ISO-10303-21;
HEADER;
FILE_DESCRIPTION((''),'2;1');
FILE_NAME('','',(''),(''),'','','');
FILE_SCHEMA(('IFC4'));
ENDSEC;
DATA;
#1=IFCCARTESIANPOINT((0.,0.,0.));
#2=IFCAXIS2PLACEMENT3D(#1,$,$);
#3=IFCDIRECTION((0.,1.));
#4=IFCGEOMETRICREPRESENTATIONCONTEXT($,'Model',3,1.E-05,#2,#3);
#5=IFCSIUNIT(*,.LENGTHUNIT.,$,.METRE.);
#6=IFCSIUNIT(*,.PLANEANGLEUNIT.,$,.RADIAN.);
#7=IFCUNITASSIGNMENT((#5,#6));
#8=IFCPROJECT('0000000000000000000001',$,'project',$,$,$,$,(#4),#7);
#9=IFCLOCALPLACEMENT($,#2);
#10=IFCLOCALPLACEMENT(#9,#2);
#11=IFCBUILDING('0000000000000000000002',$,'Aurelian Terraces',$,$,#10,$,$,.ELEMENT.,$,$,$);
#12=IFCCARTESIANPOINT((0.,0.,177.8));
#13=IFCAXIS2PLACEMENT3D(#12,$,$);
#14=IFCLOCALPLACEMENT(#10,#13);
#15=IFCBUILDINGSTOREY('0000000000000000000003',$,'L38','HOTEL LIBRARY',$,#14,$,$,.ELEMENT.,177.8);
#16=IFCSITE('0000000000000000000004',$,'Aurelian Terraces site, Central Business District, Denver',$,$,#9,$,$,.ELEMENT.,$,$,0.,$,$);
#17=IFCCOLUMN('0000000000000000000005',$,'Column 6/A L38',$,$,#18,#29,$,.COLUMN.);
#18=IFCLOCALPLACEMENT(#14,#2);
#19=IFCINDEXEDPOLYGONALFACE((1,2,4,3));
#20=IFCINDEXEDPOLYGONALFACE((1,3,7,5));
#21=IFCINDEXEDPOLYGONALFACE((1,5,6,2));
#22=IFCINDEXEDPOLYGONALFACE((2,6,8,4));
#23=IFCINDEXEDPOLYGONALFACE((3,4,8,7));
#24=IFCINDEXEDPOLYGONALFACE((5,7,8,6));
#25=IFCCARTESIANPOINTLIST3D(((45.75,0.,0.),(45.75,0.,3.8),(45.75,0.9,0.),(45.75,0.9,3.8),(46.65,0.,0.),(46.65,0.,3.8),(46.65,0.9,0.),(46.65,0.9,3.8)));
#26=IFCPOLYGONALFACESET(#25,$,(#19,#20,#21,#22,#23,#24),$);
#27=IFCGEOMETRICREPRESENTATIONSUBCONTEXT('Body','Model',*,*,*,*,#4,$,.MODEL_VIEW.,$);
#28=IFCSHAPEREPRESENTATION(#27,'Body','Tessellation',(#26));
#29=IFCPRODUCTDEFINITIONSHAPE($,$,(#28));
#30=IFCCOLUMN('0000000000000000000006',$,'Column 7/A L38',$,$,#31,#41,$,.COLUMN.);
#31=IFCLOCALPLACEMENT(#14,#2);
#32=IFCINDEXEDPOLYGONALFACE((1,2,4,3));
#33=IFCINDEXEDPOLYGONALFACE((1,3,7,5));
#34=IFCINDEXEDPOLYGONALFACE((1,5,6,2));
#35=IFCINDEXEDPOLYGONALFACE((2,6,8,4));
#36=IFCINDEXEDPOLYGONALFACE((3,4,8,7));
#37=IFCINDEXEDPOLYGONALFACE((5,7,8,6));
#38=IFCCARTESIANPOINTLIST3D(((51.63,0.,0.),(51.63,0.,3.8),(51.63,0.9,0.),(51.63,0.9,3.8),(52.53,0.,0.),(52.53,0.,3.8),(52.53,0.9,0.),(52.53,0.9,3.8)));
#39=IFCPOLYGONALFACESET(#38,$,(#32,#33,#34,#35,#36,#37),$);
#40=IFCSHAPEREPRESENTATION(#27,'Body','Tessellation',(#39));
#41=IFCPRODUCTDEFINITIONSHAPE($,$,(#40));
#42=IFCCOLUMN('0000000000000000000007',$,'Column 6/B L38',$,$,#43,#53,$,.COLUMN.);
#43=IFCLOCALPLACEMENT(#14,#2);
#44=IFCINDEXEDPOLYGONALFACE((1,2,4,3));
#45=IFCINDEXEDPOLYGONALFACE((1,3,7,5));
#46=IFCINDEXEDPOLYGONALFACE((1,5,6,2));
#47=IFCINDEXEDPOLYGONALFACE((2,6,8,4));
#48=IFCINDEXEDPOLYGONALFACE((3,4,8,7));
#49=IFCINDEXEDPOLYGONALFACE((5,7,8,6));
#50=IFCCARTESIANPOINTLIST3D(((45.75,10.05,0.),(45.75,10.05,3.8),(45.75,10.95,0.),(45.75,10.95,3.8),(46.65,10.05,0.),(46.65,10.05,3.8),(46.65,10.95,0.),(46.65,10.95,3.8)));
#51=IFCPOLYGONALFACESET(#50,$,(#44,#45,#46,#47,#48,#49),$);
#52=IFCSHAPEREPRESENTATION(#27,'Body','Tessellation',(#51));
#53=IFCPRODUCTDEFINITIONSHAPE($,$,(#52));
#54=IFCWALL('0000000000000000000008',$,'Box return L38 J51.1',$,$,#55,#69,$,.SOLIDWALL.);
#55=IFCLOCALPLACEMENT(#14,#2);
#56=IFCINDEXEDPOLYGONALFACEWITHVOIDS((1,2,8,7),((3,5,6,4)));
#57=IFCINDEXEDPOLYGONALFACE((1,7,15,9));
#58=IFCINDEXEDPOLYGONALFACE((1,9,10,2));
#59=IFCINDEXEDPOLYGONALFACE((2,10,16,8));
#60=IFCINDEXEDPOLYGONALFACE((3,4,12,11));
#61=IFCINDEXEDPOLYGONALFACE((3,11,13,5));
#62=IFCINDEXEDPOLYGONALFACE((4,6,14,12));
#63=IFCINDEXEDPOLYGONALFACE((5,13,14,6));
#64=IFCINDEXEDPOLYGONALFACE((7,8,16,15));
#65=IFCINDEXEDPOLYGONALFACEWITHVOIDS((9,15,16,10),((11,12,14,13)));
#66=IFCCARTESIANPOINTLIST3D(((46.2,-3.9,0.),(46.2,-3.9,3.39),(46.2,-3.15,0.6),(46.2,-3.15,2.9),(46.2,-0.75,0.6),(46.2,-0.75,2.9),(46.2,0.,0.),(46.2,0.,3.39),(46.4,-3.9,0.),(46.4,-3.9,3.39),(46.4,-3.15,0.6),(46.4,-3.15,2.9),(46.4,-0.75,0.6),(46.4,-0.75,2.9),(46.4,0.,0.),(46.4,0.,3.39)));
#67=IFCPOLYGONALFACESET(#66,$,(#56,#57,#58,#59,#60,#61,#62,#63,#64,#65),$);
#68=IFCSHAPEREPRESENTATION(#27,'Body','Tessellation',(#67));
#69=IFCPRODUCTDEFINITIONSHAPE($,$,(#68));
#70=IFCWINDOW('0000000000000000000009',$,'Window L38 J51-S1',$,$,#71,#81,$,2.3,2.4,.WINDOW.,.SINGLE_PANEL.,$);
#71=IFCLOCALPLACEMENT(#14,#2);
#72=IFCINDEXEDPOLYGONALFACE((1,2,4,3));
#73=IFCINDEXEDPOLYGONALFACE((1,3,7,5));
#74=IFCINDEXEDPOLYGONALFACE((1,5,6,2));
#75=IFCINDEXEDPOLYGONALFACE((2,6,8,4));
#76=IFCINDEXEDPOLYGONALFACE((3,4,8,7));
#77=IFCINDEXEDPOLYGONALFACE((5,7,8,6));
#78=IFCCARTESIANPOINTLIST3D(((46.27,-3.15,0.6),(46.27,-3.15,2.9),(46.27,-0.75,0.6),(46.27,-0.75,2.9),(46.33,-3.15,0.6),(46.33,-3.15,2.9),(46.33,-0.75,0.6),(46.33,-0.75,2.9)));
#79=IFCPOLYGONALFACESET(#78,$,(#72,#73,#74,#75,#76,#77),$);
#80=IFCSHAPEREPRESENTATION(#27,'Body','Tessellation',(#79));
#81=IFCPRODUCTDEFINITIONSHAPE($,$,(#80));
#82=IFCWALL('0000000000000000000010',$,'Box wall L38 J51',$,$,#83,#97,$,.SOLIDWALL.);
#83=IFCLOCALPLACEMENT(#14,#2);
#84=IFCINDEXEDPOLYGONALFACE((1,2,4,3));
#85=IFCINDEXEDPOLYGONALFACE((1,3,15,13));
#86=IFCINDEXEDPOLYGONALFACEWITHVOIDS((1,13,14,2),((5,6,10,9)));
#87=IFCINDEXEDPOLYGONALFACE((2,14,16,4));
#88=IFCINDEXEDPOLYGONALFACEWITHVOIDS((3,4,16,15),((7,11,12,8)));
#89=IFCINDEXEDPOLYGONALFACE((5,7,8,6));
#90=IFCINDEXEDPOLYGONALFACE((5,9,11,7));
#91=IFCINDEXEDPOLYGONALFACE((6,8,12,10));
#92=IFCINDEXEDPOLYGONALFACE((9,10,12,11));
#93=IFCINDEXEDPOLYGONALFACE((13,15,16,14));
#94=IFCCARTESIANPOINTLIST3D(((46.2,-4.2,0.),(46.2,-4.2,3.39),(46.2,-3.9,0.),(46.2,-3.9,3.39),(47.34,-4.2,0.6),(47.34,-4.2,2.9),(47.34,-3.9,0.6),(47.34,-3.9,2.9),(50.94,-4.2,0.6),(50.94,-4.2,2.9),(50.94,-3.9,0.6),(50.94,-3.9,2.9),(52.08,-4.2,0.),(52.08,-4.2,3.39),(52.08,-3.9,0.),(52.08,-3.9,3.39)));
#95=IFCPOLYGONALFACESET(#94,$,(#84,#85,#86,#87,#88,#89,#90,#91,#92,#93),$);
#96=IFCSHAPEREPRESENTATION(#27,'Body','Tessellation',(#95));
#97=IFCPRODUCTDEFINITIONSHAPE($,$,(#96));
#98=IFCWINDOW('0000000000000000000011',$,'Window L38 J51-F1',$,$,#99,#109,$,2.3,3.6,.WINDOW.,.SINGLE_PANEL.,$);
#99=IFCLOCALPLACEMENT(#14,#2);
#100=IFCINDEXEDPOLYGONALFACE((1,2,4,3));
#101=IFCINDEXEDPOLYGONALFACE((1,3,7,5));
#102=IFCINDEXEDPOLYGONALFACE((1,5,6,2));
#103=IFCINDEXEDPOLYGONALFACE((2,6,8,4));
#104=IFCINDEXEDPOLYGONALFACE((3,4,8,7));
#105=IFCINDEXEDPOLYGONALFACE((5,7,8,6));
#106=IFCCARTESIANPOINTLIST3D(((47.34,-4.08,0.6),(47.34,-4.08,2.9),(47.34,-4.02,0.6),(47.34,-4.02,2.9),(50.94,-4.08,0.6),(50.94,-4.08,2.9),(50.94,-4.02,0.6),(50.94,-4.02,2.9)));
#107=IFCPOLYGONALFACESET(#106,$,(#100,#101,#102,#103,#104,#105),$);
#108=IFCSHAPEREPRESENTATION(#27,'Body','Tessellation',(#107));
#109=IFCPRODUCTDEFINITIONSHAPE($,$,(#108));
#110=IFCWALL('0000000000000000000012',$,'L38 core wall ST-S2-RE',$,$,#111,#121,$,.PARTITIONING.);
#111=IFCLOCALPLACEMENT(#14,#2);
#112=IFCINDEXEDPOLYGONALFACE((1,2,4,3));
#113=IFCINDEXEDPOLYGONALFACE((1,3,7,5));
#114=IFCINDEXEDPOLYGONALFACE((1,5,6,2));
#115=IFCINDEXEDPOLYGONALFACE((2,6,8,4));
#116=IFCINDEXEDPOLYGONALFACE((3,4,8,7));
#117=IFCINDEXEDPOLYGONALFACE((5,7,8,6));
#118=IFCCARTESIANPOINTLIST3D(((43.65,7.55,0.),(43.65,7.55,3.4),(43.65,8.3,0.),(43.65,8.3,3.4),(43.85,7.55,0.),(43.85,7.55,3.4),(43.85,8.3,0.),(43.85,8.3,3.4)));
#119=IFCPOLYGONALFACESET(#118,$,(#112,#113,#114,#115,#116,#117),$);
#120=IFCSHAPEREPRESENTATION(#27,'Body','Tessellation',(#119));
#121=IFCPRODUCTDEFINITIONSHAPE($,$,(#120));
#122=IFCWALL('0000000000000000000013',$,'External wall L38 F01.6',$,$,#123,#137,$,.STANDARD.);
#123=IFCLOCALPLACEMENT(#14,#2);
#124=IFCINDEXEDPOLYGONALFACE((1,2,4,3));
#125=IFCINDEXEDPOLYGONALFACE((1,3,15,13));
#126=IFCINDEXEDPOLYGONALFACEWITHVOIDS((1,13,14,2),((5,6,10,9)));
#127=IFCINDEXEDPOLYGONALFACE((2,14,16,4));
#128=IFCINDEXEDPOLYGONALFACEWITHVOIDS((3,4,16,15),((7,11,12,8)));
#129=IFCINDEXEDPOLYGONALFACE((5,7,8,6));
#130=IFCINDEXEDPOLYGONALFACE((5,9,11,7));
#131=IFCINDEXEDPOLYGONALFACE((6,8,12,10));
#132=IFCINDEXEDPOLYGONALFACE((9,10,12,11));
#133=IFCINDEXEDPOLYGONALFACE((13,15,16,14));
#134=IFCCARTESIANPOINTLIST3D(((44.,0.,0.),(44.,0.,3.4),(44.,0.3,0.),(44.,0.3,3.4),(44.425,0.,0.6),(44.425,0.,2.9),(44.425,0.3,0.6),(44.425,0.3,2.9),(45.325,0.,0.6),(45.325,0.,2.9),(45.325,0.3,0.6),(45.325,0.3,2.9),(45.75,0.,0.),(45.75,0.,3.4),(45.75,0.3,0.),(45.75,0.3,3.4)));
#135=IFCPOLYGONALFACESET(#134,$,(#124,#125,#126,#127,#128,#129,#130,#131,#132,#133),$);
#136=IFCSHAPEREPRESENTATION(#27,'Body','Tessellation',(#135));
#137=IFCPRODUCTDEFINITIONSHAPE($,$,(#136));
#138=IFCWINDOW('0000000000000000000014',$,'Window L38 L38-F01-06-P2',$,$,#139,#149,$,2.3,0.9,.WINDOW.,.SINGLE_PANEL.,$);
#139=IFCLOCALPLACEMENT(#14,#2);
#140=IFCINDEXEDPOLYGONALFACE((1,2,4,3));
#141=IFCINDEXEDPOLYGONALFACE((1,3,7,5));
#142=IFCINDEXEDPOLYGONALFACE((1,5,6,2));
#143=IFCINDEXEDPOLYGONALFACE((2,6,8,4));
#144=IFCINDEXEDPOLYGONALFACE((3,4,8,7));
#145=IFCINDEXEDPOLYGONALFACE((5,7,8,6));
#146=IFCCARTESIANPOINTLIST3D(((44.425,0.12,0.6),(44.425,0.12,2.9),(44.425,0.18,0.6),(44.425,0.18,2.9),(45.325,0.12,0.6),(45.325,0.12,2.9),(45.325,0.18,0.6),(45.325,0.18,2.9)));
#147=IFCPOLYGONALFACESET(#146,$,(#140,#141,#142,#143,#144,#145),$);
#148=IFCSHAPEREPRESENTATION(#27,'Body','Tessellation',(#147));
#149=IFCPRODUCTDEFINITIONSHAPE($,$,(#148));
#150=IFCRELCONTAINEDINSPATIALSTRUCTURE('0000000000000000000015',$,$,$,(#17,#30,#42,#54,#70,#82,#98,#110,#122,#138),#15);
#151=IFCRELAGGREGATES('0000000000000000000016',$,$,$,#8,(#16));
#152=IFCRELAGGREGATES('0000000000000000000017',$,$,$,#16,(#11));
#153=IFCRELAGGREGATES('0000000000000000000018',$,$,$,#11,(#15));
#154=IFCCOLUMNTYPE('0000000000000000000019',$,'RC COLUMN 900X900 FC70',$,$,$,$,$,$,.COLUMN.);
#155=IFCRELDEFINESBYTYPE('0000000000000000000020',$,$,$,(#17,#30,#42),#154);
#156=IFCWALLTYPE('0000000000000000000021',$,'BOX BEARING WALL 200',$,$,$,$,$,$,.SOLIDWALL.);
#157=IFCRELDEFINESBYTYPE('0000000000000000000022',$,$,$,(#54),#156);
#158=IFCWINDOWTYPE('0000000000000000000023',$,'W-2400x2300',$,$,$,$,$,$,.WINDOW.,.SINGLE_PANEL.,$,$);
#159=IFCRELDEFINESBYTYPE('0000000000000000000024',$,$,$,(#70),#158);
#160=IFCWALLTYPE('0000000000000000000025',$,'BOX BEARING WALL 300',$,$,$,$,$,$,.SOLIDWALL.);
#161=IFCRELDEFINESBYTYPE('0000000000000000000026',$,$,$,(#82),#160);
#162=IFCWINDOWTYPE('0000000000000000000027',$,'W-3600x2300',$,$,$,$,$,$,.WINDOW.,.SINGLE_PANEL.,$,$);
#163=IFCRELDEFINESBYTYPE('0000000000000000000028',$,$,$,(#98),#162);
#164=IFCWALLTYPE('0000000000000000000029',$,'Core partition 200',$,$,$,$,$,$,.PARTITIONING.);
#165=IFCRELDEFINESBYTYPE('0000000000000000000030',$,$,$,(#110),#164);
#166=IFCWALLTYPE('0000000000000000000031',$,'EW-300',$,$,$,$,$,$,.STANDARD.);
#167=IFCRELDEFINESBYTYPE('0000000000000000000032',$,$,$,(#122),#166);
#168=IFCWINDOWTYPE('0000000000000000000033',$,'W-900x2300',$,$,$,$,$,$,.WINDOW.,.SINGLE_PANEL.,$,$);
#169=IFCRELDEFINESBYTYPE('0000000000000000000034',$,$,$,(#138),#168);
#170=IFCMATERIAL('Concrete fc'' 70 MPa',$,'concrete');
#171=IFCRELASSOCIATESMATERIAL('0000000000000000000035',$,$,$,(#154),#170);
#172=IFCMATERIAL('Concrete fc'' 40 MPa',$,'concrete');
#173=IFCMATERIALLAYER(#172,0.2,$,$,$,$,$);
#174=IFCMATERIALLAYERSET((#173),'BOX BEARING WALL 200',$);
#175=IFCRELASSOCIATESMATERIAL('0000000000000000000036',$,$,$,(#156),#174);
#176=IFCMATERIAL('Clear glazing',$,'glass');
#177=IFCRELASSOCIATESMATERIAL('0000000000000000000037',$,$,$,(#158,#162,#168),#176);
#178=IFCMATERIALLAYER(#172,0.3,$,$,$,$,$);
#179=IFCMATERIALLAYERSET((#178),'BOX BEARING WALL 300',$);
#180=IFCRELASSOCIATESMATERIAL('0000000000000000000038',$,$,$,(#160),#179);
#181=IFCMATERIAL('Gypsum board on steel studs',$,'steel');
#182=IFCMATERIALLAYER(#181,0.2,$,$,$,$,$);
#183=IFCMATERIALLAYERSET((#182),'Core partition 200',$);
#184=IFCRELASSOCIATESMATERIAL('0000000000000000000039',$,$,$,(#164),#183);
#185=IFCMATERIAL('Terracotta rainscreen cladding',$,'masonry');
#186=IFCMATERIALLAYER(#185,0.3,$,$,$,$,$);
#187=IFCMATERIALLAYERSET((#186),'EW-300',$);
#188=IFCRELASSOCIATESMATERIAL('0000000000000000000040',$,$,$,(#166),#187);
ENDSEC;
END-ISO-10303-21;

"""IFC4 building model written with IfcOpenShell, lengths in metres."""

from ifc_helpers import new_model, si_unit, direction, frame, frame_2d, origin, origin_2d, place, context, subcontext, project, spatial, rectangle, extrude, source, transform, mapped, material, layer, layer_set, material_profile, profile_set, type_object, element, fill, save


model = new_model("IFC4")

# Units and contexts
model_context = context("Model", 3, precision=1e-05, world=origin(), true_north=direction((0.0, 1.0)))
body_context = subcontext(model_context, "Body", "Model", "MODEL_VIEW")
ifc_project = project(units=[si_unit("LENGTHUNIT", "METRE"), si_unit("PLANEANGLEUNIT", "RADIAN")], contexts=[model_context])

# Site, building, storey
site_placement = place(None, origin())
site = spatial("IfcSite", under=ifc_project, at=site_placement, Name="Aurelian Terraces site, Central Business District, Denver", CompositionType="ELEMENT", RefElevation=0.0)
building_placement = place(site_placement, origin())
building = spatial("IfcBuilding", under=site, at=building_placement, Name="Aurelian Terraces", CompositionType="ELEMENT")
storey_placement = place(building_placement, frame((0.0, 0.0, 177.8)))
storey = spatial("IfcBuildingStorey", under=building, at=storey_placement, Name="L38", Description="HOTEL LIBRARY", CompositionType="ELEMENT", Elevation=177.8)

# Columns
ifc_material_1 = material(Name="Concrete fc' 70 MPa", Category="concrete")
ifc_material_profile = material_profile(ifc_material_1, rectangle(XDim=0.9, YDim=0.9, at=origin_2d()))
ifc_profile_set = profile_set([ifc_material_profile], Name="Concrete fc' 70 MPa")
column_type = type_object("IfcColumnType", Name="RC COLUMN 900X900 FC70", PredefinedType="COLUMN", material=ifc_profile_set)
shared_shape_1 = source(origin(), body_context, "Body", "SweptSolid", [
    extrude(rectangle(XDim=0.9, YDim=0.9, at=origin_2d()), origin(), (0.0, 0.0, 1.0), 3.8),
])
for number, where, z_axis, x_axis, name in (
    (1, (46.2, 0.45, 0.0), (0.0, 0.0, 1.0), (1.0, 0.0, 0.0), "Column 6/A L38"),
    (2, (52.08, 0.45, 0.0), (0.0, 0.0, 1.0), (1.0, 0.0, 0.0), "Column 7/A L38"),
    (3, (46.2, 10.5, 0.0), (0.0, 0.0, 1.0), (1.0, 0.0, 0.0), "Column 6/B L38"),
):
    element("IfcColumn", number, at=place(storey_placement, frame(where, z_axis=z_axis, x_axis=x_axis)), inside=storey, type_object=column_type, Name=name, PredefinedType="COLUMN", context=body_context, shape_type="MappedRepresentation", body=[
        mapped(shared_shape_1, transform((0.0, 0.0, 0.0), scale=1.0)),
    ])

# Walls, openings, windows
ifc_material_2 = material(Name="Concrete fc' 40 MPa", Category="concrete")
ifc_layer_1 = layer(ifc_material_2, 0.2)
ifc_layer_set_1 = layer_set([ifc_layer_1], Name="BOX BEARING WALL 200")
wall_type_1 = type_object("IfcWallType", Name="BOX BEARING WALL 200", PredefinedType="SOLIDWALL", material=ifc_layer_set_1)
wall_1_placement = place(storey_placement, frame((46.3, 0.0, 0.0), z_axis=(0.0, 0.0, 1.0), x_axis=(0.0, -1.0, 0.0)))
wall_1 = element("IfcWall", 4, at=wall_1_placement, inside=storey, type_object=wall_type_1, Name="Box return L38 J51.1", PredefinedType="SOLIDWALL", context=body_context, shape_type="SweptSolid", body=[
    extrude(rectangle(XDim=3.9, YDim=0.2, at=frame_2d((1.95, 0.0))), origin(), (0.0, 0.0, 1.0), 3.39),
])
opening_1_placement = place(wall_1_placement, frame((0.75, 0.0, 0.6)))
opening_1 = element("IfcOpeningElement", 5, at=opening_1_placement, cuts=wall_1, PredefinedType="OPENING", context=body_context, shape_type="SweptSolid", body=[
    extrude(rectangle(XDim=2.4, YDim=2.3, at=frame_2d((1.2, 1.15))), frame((0.0, 0.11, 0.0), z_axis=(0.0, -1.0, 0.0), x_axis=(1.0, 0.0, 0.0)), (0.0, 0.0, 1.0), 0.22),
])
ifc_material_3 = material(Name="Clear glazing", Category="glass")
window_type_1 = type_object("IfcWindowType", Name="W-2400x2300", PartitioningType="SINGLE_PANEL", PredefinedType="WINDOW", material=ifc_material_3)
shared_shape_2 = source(origin(), body_context, "Body", "SweptSolid", [
    extrude(rectangle(XDim=2.4, YDim=2.3, at=frame_2d((1.2, 1.15))), frame((0.0, 0.03, 0.0), z_axis=(0.0, -1.0, 0.0), x_axis=(1.0, 0.0, 0.0)), (0.0, 0.0, 1.0), 0.06),
])
window_1_placement = place(opening_1_placement, origin())
window_1 = element("IfcWindow", 6, at=window_1_placement, inside=storey, type_object=window_type_1, Name="Window L38 J51-S1", OverallHeight=2.3, OverallWidth=2.4, PartitioningType="SINGLE_PANEL", PredefinedType="WINDOW", context=body_context, shape_type="MappedRepresentation", body=[
    mapped(shared_shape_2, transform((0.0, 0.0, 0.0), scale=1.0)),
])
fill(opening_1, window_1)
ifc_layer_2 = layer(ifc_material_2, 0.3)
ifc_layer_set_2 = layer_set([ifc_layer_2], Name="BOX BEARING WALL 300")
wall_type_2 = type_object("IfcWallType", Name="BOX BEARING WALL 300", PredefinedType="SOLIDWALL", material=ifc_layer_set_2)
wall_2_placement = place(storey_placement, frame((46.2, -4.05, 0.0), z_axis=(0.0, 0.0, 1.0), x_axis=(1.0, 0.0, 0.0)))
wall_2 = element("IfcWall", 7, at=wall_2_placement, inside=storey, type_object=wall_type_2, Name="Box wall L38 J51", PredefinedType="SOLIDWALL", context=body_context, shape_type="SweptSolid", body=[
    extrude(rectangle(XDim=5.88, YDim=0.3, at=frame_2d((2.94, 0.0))), origin(), (0.0, 0.0, 1.0), 3.39),
])
shared_shape_3 = source(origin(), body_context, "Body", "SweptSolid", [
    extrude(rectangle(XDim=3.6, YDim=2.3, at=frame_2d((1.8, 1.15))), frame((0.0, 0.16, 0.0), z_axis=(0.0, -1.0, 0.0), x_axis=(1.0, 0.0, 0.0)), (0.0, 0.0, 1.0), 0.32),
])
opening_2_placement = place(wall_2_placement, frame((1.14, 0.0, 0.6)))
opening_2 = element("IfcOpeningElement", 8, at=opening_2_placement, cuts=wall_2, PredefinedType="OPENING", context=body_context, shape_type="MappedRepresentation", body=[
    mapped(shared_shape_3, transform((0.0, 0.0, 0.0), scale=1.0)),
])
window_type_2 = type_object("IfcWindowType", Name="W-3600x2300", PartitioningType="SINGLE_PANEL", PredefinedType="WINDOW", material=ifc_material_3)
shared_shape_4 = source(origin(), body_context, "Body", "SweptSolid", [
    extrude(rectangle(XDim=3.6, YDim=2.3, at=frame_2d((1.8, 1.15))), frame((0.0, 0.03, 0.0), z_axis=(0.0, -1.0, 0.0), x_axis=(1.0, 0.0, 0.0)), (0.0, 0.0, 1.0), 0.06),
])
window_2_placement = place(opening_2_placement, origin())
window_2 = element("IfcWindow", 9, at=window_2_placement, inside=storey, type_object=window_type_2, Name="Window L38 J51-F1", OverallHeight=2.3, OverallWidth=3.6, PartitioningType="SINGLE_PANEL", PredefinedType="WINDOW", context=body_context, shape_type="MappedRepresentation", body=[
    mapped(shared_shape_4, transform((0.0, 0.0, 0.0), scale=1.0)),
])
fill(opening_2, window_2)

# Wall
ifc_material_4 = material(Name="Gypsum board on steel studs", Category="steel")
ifc_layer_3 = layer(ifc_material_4, 0.2)
ifc_layer_set_3 = layer_set([ifc_layer_3], Name="Core partition 200")
wall_type_3 = type_object("IfcWallType", Name="Core partition 200", PredefinedType="PARTITIONING", material=ifc_layer_set_3)
wall_3_placement = place(storey_placement, frame((43.75, 7.55, 0.0), z_axis=(0.0, 0.0, 1.0), x_axis=(0.0, 1.0, 0.0)))
element("IfcWall", 10, at=wall_3_placement, inside=storey, type_object=wall_type_3, Name="L38 core wall ST-S2-RE", PredefinedType="PARTITIONING", context=body_context, shape_type="SweptSolid", body=[
    extrude(rectangle(XDim=0.75, YDim=0.2, at=frame_2d((0.375, 0.0))), origin(), (0.0, 0.0, 1.0), 3.4),
])

# Wall, opening, window
ifc_material_5 = material(Name="Terracotta rainscreen cladding", Category="masonry")
ifc_layer_4 = layer(ifc_material_5, 0.3)
ifc_layer_set_4 = layer_set([ifc_layer_4], Name="EW-300")
wall_type_4 = type_object("IfcWallType", Name="EW-300", PredefinedType="STANDARD", material=ifc_layer_set_4)
wall_4_placement = place(storey_placement, frame((44.0, 0.15, 0.0), z_axis=(0.0, 0.0, 1.0), x_axis=(1.0, 0.0, 0.0)))
wall_4 = element("IfcWall", 11, at=wall_4_placement, inside=storey, type_object=wall_type_4, Name="External wall L38 F01.6", PredefinedType="STANDARD", context=body_context, shape_type="SweptSolid", body=[
    extrude(rectangle(XDim=1.75, YDim=0.3, at=frame_2d((0.875, 0.0))), origin(), (0.0, 0.0, 1.0), 3.4),
])
opening_3_placement = place(wall_4_placement, frame((0.425, 0.0, 0.6)))
opening_3 = element("IfcOpeningElement", 12, at=opening_3_placement, cuts=wall_4, PredefinedType="OPENING", context=body_context, shape_type="SweptSolid", body=[
    extrude(rectangle(XDim=0.9, YDim=2.3, at=frame_2d((0.45, 1.15))), frame((0.0, 0.16, 0.0), z_axis=(0.0, -1.0, 0.0), x_axis=(1.0, 0.0, 0.0)), (0.0, 0.0, 1.0), 0.32),
])
window_type_3 = type_object("IfcWindowType", Name="W-900x2300", PartitioningType="SINGLE_PANEL", PredefinedType="WINDOW", material=ifc_material_3)
window_3_placement = place(opening_3_placement, origin())
window_3 = element("IfcWindow", 13, at=window_3_placement, inside=storey, type_object=window_type_3, Name="Window L38 L38-F01-06-P2", OverallHeight=2.3, OverallWidth=0.9, PartitioningType="SINGLE_PANEL", PredefinedType="WINDOW", context=body_context, shape_type="SweptSolid", body=[
    extrude(rectangle(XDim=0.9, YDim=2.3, at=frame_2d((0.45, 1.15))), frame((0.0, 0.03, 0.0), z_axis=(0.0, -1.0, 0.0), x_axis=(1.0, 0.0, 0.0)), (0.0, 0.0, 1.0), 0.06),
])
fill(opening_3, window_3)

save(model, "model.ifc")
